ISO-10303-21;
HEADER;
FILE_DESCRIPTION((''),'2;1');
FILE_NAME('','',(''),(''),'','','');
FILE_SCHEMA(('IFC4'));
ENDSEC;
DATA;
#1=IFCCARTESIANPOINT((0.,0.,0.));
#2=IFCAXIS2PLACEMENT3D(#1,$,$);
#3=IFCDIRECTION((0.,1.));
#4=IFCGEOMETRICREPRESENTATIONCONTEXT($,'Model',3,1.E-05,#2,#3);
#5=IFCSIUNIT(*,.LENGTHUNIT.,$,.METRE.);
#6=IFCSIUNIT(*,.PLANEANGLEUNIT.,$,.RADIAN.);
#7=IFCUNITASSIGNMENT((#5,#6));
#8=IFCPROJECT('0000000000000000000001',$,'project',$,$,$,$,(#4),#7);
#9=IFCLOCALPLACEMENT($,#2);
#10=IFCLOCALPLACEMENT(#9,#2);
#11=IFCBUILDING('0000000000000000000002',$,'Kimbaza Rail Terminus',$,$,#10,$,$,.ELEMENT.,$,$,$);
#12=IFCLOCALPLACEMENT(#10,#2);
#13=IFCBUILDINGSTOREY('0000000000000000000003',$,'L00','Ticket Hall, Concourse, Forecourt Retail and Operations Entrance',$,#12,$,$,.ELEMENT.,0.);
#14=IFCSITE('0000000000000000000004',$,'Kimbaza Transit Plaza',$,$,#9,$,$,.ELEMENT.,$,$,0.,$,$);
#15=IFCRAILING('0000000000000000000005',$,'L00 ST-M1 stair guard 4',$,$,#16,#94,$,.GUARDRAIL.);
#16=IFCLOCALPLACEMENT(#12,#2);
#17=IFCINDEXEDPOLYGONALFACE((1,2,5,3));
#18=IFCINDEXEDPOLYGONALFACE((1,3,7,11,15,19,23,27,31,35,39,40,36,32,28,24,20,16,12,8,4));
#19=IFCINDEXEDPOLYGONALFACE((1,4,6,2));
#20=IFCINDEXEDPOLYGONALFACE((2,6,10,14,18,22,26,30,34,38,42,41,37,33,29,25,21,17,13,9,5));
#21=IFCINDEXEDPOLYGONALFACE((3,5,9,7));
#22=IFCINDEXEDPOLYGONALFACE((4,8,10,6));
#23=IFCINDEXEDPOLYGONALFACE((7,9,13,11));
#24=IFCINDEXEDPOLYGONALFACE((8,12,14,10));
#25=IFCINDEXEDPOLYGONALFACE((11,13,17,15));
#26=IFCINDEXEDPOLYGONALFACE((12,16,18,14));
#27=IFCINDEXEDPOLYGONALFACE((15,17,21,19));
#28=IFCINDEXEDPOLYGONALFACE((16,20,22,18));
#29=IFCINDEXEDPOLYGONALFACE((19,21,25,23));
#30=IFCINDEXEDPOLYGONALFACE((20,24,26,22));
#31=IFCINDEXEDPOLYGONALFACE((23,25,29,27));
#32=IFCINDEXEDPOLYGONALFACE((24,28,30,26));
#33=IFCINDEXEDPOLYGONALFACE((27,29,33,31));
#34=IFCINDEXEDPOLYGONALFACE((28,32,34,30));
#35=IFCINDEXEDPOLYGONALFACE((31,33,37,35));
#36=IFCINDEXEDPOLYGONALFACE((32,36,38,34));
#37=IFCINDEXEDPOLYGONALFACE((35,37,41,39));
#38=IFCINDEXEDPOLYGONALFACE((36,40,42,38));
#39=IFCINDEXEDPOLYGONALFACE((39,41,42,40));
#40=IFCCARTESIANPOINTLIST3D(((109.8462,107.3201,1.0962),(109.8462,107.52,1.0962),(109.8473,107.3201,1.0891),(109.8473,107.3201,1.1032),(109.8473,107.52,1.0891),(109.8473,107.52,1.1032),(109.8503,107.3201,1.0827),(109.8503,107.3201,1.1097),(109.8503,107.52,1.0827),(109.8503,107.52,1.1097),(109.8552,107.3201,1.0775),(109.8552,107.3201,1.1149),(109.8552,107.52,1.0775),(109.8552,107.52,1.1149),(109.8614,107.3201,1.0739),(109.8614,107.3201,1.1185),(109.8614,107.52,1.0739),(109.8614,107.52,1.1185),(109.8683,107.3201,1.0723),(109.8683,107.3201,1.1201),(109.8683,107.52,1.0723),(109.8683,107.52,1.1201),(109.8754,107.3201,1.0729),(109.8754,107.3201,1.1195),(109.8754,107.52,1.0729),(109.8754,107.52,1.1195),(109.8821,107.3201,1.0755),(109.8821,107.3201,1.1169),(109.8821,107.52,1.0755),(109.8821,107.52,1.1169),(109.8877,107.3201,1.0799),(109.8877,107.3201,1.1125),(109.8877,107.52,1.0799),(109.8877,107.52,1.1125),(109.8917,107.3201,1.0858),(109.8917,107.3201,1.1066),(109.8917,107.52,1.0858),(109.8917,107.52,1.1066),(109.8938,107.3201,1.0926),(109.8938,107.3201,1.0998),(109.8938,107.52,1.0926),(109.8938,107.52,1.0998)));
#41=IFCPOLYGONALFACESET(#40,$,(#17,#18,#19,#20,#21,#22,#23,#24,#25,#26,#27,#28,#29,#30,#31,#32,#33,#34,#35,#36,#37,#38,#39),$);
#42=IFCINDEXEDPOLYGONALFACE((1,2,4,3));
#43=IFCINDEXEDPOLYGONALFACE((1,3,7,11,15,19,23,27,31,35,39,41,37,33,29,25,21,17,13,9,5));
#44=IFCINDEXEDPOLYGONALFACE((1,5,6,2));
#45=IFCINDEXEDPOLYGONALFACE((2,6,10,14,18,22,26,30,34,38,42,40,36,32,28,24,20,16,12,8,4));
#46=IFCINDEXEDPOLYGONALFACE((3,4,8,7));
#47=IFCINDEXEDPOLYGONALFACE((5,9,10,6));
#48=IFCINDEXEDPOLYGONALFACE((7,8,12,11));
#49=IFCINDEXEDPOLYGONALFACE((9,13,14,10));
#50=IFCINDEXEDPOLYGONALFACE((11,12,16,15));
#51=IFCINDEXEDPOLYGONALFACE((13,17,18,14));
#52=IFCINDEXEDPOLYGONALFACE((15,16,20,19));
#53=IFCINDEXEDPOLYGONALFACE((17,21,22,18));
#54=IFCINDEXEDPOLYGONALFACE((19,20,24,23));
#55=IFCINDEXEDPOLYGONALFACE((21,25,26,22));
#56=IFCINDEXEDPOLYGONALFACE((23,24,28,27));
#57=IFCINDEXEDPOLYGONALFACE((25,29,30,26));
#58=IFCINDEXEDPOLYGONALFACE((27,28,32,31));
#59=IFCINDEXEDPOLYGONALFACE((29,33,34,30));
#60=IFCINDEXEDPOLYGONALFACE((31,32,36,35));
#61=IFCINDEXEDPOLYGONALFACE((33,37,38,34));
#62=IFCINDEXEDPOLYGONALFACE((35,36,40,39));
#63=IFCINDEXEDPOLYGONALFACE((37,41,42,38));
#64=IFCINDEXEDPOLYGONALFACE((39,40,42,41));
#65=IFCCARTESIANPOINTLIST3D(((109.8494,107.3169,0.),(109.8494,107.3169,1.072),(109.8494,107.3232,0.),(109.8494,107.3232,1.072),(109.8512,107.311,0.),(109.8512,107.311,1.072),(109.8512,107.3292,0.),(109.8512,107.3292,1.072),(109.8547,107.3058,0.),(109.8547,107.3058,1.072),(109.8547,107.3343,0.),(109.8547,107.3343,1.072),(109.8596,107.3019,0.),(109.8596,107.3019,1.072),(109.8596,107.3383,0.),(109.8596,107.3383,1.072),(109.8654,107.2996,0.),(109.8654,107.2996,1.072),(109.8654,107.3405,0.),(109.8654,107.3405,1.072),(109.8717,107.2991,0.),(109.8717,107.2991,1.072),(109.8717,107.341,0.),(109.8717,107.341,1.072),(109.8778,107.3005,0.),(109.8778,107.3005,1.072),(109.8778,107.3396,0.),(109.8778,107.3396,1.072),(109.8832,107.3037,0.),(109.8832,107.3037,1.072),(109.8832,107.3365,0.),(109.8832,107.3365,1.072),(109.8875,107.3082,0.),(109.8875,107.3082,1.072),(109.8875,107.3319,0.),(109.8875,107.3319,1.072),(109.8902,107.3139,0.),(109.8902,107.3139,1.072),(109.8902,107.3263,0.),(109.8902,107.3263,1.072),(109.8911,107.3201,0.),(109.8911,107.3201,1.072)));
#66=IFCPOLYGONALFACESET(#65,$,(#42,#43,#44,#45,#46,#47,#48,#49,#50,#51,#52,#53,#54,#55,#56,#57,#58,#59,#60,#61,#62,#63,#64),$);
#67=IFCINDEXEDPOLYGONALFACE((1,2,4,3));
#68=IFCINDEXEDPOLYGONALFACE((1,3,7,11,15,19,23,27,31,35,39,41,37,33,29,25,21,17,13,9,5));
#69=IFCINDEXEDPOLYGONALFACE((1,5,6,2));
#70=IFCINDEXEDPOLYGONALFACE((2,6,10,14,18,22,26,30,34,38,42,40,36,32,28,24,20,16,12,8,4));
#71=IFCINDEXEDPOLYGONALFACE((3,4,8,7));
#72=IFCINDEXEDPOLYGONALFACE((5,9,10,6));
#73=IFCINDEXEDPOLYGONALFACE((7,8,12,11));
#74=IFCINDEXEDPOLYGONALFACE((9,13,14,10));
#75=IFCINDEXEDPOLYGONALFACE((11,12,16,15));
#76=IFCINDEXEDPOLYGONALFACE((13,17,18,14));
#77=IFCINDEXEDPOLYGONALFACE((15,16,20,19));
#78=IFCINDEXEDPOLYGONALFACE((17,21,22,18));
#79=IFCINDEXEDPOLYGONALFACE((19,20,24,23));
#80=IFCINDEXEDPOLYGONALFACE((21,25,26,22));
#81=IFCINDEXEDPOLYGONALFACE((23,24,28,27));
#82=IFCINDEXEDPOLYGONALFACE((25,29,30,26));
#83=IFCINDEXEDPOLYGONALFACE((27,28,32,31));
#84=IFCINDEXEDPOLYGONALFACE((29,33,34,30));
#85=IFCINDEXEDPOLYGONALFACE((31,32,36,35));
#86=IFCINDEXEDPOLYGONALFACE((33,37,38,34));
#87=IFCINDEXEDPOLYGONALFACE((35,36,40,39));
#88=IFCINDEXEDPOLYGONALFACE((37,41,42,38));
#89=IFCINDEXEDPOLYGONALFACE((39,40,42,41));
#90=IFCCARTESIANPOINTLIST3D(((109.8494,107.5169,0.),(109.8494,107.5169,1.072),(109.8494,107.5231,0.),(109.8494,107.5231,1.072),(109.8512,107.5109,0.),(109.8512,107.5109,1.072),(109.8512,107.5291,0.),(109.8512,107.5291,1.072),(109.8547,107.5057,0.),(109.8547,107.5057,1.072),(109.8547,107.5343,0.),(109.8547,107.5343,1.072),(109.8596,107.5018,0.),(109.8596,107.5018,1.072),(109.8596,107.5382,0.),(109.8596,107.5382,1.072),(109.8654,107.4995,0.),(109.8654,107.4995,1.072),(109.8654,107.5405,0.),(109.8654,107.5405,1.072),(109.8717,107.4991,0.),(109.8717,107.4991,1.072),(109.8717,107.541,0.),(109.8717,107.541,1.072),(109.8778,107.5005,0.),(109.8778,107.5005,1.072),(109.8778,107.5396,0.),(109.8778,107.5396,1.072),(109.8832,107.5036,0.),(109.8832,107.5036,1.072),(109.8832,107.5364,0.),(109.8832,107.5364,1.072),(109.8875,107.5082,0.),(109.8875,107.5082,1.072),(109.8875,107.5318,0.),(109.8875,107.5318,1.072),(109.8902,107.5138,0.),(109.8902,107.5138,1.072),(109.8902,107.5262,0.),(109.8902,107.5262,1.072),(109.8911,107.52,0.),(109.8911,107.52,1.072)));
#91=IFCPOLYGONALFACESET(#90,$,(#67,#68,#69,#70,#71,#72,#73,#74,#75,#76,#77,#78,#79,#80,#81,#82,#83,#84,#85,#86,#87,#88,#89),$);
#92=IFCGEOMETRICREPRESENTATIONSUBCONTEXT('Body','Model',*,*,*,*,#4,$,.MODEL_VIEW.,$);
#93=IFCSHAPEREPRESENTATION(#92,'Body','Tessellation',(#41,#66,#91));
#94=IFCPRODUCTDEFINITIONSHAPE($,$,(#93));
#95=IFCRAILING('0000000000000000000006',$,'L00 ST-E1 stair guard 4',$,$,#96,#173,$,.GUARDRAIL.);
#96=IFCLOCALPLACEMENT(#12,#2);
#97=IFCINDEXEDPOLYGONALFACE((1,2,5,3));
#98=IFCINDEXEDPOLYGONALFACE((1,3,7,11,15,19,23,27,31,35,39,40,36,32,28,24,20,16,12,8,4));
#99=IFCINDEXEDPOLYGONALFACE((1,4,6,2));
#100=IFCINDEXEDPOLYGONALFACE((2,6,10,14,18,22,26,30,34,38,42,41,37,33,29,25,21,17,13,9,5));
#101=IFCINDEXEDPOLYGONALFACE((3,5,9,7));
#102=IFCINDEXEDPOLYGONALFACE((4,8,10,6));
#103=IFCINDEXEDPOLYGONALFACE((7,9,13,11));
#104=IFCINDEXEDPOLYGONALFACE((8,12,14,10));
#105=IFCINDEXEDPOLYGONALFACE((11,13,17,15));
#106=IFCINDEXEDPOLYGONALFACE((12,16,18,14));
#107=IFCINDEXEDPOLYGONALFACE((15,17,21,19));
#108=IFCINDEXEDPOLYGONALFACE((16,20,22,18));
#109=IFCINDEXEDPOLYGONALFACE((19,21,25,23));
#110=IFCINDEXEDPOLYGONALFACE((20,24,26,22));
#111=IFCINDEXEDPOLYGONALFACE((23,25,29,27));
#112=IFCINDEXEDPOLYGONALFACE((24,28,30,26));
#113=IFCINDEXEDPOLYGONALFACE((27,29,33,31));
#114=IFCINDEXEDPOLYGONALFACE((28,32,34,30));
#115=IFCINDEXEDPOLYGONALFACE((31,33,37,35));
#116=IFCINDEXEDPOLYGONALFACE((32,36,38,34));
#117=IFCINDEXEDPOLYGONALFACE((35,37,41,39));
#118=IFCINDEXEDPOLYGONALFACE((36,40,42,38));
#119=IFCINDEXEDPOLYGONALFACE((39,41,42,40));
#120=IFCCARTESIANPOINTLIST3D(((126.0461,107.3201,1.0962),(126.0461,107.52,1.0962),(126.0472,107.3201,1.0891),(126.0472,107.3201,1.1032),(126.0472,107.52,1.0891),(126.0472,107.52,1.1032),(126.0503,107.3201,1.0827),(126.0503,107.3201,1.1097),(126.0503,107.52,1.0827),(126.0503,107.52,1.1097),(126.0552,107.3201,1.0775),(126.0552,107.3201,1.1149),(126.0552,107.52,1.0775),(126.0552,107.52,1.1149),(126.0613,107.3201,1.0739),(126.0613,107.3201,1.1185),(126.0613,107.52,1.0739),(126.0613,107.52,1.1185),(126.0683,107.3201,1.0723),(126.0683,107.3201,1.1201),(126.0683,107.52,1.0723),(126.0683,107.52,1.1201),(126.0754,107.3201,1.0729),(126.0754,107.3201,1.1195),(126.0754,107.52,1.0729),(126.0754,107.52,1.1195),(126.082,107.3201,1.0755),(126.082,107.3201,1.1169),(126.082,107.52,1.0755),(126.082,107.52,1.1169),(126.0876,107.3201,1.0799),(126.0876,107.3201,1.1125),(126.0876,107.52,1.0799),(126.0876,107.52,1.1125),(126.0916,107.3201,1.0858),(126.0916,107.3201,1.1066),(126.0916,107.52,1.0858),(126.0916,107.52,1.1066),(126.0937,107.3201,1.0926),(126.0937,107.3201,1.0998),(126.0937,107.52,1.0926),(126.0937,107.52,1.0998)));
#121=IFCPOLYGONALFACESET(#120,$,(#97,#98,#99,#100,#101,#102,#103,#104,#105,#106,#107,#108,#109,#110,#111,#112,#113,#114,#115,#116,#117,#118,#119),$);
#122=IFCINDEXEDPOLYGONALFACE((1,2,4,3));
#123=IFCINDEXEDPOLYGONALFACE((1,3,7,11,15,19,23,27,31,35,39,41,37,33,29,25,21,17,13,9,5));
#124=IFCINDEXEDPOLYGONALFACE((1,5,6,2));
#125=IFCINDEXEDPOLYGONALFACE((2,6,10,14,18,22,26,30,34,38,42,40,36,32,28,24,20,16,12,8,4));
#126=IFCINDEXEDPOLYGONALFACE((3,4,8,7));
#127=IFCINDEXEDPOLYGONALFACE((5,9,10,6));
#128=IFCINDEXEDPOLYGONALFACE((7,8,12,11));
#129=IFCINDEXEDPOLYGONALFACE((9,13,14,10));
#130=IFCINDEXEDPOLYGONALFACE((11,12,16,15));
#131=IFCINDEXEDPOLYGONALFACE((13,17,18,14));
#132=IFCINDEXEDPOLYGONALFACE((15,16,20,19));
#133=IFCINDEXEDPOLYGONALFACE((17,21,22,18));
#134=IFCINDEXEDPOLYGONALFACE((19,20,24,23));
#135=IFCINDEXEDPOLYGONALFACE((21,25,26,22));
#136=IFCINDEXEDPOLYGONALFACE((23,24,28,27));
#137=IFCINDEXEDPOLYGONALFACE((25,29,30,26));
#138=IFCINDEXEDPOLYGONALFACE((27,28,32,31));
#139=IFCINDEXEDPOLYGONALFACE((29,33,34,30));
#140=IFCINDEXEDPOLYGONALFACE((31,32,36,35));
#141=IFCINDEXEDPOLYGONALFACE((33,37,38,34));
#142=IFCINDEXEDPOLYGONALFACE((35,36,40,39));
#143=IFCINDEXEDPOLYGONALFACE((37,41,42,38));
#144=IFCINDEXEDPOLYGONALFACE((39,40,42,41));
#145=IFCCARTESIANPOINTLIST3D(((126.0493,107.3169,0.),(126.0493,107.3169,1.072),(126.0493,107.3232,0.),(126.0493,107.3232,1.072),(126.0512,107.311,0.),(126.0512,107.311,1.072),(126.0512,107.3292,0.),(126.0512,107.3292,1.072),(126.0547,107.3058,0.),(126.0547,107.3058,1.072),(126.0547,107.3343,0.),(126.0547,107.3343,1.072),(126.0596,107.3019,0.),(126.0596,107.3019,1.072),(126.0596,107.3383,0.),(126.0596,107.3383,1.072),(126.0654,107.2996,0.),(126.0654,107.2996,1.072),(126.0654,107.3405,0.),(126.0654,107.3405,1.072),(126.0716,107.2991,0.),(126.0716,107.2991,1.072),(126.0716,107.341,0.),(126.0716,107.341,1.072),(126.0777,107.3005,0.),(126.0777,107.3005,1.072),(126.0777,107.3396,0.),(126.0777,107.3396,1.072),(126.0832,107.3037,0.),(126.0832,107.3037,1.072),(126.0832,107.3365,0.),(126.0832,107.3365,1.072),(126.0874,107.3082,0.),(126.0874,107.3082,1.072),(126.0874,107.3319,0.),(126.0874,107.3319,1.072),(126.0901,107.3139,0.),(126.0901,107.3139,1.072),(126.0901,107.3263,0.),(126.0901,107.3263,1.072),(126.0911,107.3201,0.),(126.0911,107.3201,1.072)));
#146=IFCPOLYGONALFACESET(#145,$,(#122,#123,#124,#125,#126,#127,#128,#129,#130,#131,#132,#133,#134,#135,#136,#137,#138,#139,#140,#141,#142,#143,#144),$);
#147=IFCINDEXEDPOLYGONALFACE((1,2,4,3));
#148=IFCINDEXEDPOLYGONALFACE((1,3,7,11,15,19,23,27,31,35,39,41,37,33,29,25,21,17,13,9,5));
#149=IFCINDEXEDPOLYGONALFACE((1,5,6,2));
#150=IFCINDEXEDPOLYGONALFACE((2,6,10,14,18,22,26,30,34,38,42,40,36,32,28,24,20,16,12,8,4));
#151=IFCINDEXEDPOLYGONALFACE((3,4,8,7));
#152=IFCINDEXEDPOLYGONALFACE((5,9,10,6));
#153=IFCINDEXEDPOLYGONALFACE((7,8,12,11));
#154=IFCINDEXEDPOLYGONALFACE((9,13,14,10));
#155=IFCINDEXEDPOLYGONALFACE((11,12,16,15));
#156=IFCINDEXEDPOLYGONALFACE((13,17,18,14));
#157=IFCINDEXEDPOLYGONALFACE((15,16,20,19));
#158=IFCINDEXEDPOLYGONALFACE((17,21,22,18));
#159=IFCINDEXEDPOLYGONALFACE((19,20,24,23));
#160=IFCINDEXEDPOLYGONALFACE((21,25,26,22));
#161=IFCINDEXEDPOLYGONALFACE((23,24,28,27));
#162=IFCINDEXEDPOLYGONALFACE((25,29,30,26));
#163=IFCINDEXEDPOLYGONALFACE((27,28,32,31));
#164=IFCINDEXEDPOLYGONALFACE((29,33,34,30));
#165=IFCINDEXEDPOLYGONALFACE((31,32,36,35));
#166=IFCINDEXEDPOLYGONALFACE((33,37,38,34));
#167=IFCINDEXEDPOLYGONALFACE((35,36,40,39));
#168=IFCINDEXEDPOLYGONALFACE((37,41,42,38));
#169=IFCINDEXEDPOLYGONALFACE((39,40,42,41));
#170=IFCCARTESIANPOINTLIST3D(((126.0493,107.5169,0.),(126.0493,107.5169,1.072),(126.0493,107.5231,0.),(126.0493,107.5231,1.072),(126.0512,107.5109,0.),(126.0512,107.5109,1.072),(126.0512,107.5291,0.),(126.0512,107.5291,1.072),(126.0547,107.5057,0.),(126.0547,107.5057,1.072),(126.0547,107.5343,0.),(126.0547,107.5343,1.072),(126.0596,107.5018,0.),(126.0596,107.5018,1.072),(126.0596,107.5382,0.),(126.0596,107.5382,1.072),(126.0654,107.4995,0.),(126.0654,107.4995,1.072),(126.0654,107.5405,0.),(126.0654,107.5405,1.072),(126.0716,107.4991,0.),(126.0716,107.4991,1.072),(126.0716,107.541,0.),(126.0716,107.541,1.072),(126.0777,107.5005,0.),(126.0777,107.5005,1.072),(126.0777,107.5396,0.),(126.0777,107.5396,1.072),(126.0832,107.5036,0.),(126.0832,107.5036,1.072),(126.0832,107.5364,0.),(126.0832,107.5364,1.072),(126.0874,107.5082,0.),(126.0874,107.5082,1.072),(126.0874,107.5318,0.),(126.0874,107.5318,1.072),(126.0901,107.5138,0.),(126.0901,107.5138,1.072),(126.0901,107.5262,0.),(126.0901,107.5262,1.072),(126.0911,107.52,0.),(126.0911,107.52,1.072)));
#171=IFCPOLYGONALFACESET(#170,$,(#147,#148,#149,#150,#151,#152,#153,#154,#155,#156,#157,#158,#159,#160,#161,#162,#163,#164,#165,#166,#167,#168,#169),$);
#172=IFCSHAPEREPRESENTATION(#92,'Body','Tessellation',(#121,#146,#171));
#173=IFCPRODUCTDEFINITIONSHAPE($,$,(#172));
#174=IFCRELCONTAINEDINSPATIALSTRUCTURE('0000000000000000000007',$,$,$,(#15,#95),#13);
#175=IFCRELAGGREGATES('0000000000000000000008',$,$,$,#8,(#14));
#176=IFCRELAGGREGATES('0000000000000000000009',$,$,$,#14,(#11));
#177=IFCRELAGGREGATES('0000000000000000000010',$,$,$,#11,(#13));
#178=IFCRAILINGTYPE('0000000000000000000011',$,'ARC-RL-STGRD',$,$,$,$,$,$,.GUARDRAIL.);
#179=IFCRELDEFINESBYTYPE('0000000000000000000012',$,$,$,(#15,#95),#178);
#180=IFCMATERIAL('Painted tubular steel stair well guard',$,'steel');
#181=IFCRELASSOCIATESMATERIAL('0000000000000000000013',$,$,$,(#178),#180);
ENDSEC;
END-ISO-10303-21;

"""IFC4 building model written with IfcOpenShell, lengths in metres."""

from ifc_helpers import new_model, si_unit, direction, frame, origin, origin_2d, place, context, subcontext, project, spatial, circle, extrude, material, type_object, element, save


model = new_model("IFC4")

# Units and contexts
model_context = context("Model", 3, precision=1e-05, world=origin(), true_north=direction((0.0, 1.0)))
body_context = subcontext(model_context, "Body", "Model", "MODEL_VIEW")
ifc_project = project(units=[si_unit("LENGTHUNIT", "METRE"), si_unit("PLANEANGLEUNIT", "RADIAN")], contexts=[model_context])

# Site, building, storey
site_placement = place(None, origin())
site = spatial("IfcSite", under=ifc_project, at=site_placement, Name="Kimbaza Transit Plaza", CompositionType="ELEMENT", RefElevation=0.0)
building_placement = place(site_placement, origin())
building = spatial("IfcBuilding", under=site, at=building_placement, Name="Kimbaza Rail Terminus", CompositionType="ELEMENT")
storey_placement = place(building_placement, origin())
storey = spatial("IfcBuildingStorey", under=building, at=storey_placement, Name="L00", Description="Ticket Hall, Concourse, Forecourt Retail and Operations Entrance", CompositionType="ELEMENT", Elevation=0.0)

# Railings
ifc_material_1 = material(Name="Painted tubular steel stair well guard", Category="steel")
railing_type_1 = type_object("IfcRailingType", Name="ARC-RL-STGRD", PredefinedType="GUARDRAIL", material=ifc_material_1)
for number, where, name in (
    (1, (109.8701, 107.3201, 0.0), "L00 ST-M1 stair guard 4"),
    (2, (126.0701, 107.3201, 0.0), "L00 ST-E1 stair guard 4"),
):
    element("IfcRailing", number, at=place(storey_placement, frame(where)), inside=storey, type_object=railing_type_1, Name=name, PredefinedType="GUARDRAIL", context=body_context, shape_type="SweptSolid", body=[
        extrude(circle(Radius=0.0239, at=origin_2d()), frame((0.0, 0.0, 1.0962), z_axis=(0.0, 1.0, 0.0), x_axis=(-1.0, 0.0, 0.0)), (0.0, 0.0, 1.0), 0.2),
        extrude(circle(Radius=0.021, at=origin_2d()), origin(), (0.0, 0.0, 1.0), 1.072),
        extrude(circle(Radius=0.021, at=origin_2d()), frame((0.0, 0.2, 0.0)), (0.0, 0.0, 1.0), 1.072),
    ])

save(model, "model.ifc")
